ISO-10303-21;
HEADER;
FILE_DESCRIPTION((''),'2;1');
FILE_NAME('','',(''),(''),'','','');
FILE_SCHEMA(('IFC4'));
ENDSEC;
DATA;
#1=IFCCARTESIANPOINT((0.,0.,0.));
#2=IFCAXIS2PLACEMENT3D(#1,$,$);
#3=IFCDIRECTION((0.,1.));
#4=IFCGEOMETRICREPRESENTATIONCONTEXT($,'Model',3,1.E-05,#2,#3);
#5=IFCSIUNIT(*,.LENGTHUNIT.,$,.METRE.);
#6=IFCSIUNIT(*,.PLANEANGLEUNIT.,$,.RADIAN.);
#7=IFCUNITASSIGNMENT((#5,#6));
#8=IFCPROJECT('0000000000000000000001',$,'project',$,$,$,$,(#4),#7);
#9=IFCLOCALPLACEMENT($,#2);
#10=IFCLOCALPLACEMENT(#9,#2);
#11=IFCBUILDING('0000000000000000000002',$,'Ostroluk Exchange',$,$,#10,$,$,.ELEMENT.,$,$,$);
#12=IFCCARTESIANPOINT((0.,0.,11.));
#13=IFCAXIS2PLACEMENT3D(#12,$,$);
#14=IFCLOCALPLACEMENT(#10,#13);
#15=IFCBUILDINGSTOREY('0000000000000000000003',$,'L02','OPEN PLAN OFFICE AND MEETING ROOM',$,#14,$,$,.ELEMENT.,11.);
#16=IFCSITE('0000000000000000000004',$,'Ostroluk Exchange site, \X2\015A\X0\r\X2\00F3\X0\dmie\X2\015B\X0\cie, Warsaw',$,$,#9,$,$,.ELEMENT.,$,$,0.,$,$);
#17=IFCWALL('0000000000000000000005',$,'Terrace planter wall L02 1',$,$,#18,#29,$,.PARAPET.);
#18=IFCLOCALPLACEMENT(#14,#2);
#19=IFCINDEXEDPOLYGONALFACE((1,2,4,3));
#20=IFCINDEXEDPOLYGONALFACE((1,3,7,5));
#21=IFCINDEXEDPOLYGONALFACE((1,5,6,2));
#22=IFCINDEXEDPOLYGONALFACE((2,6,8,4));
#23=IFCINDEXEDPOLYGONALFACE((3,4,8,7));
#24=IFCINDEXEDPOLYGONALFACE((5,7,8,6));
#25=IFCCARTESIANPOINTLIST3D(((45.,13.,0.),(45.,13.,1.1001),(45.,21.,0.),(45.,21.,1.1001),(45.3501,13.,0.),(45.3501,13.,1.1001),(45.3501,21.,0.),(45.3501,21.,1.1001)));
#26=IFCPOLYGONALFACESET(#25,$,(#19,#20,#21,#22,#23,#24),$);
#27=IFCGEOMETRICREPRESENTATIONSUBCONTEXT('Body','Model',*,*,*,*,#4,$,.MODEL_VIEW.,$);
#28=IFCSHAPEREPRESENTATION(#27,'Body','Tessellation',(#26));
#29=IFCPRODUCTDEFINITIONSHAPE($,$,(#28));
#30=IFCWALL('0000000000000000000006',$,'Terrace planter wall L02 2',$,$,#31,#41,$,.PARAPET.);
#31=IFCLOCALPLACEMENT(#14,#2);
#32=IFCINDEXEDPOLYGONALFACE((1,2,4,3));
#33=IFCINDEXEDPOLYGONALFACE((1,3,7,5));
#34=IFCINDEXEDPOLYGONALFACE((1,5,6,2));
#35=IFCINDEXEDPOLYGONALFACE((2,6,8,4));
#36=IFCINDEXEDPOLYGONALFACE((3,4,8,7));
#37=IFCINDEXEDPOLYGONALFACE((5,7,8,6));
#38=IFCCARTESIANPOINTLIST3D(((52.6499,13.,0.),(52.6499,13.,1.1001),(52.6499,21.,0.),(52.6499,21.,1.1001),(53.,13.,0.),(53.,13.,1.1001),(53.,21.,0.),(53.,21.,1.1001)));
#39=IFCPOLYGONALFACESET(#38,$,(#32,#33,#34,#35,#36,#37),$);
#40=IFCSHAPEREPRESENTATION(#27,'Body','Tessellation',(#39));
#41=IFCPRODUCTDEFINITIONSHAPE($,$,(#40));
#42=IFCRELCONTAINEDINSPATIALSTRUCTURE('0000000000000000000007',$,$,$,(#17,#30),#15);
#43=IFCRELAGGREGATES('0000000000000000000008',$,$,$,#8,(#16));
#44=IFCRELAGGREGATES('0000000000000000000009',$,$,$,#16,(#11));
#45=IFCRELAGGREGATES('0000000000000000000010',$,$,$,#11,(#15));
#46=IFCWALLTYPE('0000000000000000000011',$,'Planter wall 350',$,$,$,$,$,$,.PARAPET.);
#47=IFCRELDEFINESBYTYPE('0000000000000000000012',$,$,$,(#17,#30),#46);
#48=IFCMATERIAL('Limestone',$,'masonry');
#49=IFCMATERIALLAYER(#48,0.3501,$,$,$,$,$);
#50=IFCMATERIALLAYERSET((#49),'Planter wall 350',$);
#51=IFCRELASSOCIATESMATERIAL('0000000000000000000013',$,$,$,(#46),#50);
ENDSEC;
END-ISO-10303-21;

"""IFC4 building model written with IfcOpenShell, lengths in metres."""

from ifc_helpers import new_model, si_unit, direction, frame, frame_2d, origin, place, context, subcontext, project, spatial, rectangle, extrude, material, layer, layer_set, type_object, element, save


model = new_model("IFC4")

# Units and contexts
model_context = context("Model", 3, precision=1e-05, world=origin(), true_north=direction((0.0, 1.0)))
body_context = subcontext(model_context, "Body", "Model", "MODEL_VIEW")
ifc_project = project(units=[si_unit("LENGTHUNIT", "METRE"), si_unit("PLANEANGLEUNIT", "RADIAN")], contexts=[model_context])

# Site, building, storey
site_placement = place(None, origin())
site = spatial("IfcSite", under=ifc_project, at=site_placement, Name="Ostroluk Exchange site, Śródmieście, Warsaw", CompositionType="ELEMENT", RefElevation=0.0)
building_placement = place(site_placement, origin())
building = spatial("IfcBuilding", under=site, at=building_placement, Name="Ostroluk Exchange", CompositionType="ELEMENT")
storey_placement = place(building_placement, frame((0.0, 0.0, 11.0)))
storey = spatial("IfcBuildingStorey", under=building, at=storey_placement, Name="L02", Description="OPEN PLAN OFFICE AND MEETING ROOM", CompositionType="ELEMENT", Elevation=11.0)

# Walls
ifc_material_1 = material(Name="Limestone", Category="masonry")
ifc_layer_1 = layer(ifc_material_1, 0.3501)
ifc_layer_set_1 = layer_set([ifc_layer_1], Name="Planter wall 350")
wall_type_1 = type_object("IfcWallType", Name="Planter wall 350", PredefinedType="PARAPET", material=ifc_layer_set_1)
for number, where, z_axis, x_axis, name in (
    (1, (45.175, 13.0, 0.0), (0.0, 0.0, 1.0), (0.0, 1.0, 0.0), "Terrace planter wall L02 1"),
    (2, (52.825, 13.0, 0.0), (0.0, 0.0, 1.0), (0.0, 1.0, 0.0), "Terrace planter wall L02 2"),
):
    element("IfcWall", number, at=place(storey_placement, frame(where, z_axis=z_axis, x_axis=x_axis)), inside=storey, type_object=wall_type_1, Name=name, PredefinedType="PARAPET", context=body_context, shape_type="SweptSolid", body=[
        extrude(rectangle(XDim=8.0, YDim=0.3501, at=frame_2d((4.0, 0.0))), origin(), (0.0, 0.0, 1.0), 1.1001),
    ])

save(model, "model.ifc")
